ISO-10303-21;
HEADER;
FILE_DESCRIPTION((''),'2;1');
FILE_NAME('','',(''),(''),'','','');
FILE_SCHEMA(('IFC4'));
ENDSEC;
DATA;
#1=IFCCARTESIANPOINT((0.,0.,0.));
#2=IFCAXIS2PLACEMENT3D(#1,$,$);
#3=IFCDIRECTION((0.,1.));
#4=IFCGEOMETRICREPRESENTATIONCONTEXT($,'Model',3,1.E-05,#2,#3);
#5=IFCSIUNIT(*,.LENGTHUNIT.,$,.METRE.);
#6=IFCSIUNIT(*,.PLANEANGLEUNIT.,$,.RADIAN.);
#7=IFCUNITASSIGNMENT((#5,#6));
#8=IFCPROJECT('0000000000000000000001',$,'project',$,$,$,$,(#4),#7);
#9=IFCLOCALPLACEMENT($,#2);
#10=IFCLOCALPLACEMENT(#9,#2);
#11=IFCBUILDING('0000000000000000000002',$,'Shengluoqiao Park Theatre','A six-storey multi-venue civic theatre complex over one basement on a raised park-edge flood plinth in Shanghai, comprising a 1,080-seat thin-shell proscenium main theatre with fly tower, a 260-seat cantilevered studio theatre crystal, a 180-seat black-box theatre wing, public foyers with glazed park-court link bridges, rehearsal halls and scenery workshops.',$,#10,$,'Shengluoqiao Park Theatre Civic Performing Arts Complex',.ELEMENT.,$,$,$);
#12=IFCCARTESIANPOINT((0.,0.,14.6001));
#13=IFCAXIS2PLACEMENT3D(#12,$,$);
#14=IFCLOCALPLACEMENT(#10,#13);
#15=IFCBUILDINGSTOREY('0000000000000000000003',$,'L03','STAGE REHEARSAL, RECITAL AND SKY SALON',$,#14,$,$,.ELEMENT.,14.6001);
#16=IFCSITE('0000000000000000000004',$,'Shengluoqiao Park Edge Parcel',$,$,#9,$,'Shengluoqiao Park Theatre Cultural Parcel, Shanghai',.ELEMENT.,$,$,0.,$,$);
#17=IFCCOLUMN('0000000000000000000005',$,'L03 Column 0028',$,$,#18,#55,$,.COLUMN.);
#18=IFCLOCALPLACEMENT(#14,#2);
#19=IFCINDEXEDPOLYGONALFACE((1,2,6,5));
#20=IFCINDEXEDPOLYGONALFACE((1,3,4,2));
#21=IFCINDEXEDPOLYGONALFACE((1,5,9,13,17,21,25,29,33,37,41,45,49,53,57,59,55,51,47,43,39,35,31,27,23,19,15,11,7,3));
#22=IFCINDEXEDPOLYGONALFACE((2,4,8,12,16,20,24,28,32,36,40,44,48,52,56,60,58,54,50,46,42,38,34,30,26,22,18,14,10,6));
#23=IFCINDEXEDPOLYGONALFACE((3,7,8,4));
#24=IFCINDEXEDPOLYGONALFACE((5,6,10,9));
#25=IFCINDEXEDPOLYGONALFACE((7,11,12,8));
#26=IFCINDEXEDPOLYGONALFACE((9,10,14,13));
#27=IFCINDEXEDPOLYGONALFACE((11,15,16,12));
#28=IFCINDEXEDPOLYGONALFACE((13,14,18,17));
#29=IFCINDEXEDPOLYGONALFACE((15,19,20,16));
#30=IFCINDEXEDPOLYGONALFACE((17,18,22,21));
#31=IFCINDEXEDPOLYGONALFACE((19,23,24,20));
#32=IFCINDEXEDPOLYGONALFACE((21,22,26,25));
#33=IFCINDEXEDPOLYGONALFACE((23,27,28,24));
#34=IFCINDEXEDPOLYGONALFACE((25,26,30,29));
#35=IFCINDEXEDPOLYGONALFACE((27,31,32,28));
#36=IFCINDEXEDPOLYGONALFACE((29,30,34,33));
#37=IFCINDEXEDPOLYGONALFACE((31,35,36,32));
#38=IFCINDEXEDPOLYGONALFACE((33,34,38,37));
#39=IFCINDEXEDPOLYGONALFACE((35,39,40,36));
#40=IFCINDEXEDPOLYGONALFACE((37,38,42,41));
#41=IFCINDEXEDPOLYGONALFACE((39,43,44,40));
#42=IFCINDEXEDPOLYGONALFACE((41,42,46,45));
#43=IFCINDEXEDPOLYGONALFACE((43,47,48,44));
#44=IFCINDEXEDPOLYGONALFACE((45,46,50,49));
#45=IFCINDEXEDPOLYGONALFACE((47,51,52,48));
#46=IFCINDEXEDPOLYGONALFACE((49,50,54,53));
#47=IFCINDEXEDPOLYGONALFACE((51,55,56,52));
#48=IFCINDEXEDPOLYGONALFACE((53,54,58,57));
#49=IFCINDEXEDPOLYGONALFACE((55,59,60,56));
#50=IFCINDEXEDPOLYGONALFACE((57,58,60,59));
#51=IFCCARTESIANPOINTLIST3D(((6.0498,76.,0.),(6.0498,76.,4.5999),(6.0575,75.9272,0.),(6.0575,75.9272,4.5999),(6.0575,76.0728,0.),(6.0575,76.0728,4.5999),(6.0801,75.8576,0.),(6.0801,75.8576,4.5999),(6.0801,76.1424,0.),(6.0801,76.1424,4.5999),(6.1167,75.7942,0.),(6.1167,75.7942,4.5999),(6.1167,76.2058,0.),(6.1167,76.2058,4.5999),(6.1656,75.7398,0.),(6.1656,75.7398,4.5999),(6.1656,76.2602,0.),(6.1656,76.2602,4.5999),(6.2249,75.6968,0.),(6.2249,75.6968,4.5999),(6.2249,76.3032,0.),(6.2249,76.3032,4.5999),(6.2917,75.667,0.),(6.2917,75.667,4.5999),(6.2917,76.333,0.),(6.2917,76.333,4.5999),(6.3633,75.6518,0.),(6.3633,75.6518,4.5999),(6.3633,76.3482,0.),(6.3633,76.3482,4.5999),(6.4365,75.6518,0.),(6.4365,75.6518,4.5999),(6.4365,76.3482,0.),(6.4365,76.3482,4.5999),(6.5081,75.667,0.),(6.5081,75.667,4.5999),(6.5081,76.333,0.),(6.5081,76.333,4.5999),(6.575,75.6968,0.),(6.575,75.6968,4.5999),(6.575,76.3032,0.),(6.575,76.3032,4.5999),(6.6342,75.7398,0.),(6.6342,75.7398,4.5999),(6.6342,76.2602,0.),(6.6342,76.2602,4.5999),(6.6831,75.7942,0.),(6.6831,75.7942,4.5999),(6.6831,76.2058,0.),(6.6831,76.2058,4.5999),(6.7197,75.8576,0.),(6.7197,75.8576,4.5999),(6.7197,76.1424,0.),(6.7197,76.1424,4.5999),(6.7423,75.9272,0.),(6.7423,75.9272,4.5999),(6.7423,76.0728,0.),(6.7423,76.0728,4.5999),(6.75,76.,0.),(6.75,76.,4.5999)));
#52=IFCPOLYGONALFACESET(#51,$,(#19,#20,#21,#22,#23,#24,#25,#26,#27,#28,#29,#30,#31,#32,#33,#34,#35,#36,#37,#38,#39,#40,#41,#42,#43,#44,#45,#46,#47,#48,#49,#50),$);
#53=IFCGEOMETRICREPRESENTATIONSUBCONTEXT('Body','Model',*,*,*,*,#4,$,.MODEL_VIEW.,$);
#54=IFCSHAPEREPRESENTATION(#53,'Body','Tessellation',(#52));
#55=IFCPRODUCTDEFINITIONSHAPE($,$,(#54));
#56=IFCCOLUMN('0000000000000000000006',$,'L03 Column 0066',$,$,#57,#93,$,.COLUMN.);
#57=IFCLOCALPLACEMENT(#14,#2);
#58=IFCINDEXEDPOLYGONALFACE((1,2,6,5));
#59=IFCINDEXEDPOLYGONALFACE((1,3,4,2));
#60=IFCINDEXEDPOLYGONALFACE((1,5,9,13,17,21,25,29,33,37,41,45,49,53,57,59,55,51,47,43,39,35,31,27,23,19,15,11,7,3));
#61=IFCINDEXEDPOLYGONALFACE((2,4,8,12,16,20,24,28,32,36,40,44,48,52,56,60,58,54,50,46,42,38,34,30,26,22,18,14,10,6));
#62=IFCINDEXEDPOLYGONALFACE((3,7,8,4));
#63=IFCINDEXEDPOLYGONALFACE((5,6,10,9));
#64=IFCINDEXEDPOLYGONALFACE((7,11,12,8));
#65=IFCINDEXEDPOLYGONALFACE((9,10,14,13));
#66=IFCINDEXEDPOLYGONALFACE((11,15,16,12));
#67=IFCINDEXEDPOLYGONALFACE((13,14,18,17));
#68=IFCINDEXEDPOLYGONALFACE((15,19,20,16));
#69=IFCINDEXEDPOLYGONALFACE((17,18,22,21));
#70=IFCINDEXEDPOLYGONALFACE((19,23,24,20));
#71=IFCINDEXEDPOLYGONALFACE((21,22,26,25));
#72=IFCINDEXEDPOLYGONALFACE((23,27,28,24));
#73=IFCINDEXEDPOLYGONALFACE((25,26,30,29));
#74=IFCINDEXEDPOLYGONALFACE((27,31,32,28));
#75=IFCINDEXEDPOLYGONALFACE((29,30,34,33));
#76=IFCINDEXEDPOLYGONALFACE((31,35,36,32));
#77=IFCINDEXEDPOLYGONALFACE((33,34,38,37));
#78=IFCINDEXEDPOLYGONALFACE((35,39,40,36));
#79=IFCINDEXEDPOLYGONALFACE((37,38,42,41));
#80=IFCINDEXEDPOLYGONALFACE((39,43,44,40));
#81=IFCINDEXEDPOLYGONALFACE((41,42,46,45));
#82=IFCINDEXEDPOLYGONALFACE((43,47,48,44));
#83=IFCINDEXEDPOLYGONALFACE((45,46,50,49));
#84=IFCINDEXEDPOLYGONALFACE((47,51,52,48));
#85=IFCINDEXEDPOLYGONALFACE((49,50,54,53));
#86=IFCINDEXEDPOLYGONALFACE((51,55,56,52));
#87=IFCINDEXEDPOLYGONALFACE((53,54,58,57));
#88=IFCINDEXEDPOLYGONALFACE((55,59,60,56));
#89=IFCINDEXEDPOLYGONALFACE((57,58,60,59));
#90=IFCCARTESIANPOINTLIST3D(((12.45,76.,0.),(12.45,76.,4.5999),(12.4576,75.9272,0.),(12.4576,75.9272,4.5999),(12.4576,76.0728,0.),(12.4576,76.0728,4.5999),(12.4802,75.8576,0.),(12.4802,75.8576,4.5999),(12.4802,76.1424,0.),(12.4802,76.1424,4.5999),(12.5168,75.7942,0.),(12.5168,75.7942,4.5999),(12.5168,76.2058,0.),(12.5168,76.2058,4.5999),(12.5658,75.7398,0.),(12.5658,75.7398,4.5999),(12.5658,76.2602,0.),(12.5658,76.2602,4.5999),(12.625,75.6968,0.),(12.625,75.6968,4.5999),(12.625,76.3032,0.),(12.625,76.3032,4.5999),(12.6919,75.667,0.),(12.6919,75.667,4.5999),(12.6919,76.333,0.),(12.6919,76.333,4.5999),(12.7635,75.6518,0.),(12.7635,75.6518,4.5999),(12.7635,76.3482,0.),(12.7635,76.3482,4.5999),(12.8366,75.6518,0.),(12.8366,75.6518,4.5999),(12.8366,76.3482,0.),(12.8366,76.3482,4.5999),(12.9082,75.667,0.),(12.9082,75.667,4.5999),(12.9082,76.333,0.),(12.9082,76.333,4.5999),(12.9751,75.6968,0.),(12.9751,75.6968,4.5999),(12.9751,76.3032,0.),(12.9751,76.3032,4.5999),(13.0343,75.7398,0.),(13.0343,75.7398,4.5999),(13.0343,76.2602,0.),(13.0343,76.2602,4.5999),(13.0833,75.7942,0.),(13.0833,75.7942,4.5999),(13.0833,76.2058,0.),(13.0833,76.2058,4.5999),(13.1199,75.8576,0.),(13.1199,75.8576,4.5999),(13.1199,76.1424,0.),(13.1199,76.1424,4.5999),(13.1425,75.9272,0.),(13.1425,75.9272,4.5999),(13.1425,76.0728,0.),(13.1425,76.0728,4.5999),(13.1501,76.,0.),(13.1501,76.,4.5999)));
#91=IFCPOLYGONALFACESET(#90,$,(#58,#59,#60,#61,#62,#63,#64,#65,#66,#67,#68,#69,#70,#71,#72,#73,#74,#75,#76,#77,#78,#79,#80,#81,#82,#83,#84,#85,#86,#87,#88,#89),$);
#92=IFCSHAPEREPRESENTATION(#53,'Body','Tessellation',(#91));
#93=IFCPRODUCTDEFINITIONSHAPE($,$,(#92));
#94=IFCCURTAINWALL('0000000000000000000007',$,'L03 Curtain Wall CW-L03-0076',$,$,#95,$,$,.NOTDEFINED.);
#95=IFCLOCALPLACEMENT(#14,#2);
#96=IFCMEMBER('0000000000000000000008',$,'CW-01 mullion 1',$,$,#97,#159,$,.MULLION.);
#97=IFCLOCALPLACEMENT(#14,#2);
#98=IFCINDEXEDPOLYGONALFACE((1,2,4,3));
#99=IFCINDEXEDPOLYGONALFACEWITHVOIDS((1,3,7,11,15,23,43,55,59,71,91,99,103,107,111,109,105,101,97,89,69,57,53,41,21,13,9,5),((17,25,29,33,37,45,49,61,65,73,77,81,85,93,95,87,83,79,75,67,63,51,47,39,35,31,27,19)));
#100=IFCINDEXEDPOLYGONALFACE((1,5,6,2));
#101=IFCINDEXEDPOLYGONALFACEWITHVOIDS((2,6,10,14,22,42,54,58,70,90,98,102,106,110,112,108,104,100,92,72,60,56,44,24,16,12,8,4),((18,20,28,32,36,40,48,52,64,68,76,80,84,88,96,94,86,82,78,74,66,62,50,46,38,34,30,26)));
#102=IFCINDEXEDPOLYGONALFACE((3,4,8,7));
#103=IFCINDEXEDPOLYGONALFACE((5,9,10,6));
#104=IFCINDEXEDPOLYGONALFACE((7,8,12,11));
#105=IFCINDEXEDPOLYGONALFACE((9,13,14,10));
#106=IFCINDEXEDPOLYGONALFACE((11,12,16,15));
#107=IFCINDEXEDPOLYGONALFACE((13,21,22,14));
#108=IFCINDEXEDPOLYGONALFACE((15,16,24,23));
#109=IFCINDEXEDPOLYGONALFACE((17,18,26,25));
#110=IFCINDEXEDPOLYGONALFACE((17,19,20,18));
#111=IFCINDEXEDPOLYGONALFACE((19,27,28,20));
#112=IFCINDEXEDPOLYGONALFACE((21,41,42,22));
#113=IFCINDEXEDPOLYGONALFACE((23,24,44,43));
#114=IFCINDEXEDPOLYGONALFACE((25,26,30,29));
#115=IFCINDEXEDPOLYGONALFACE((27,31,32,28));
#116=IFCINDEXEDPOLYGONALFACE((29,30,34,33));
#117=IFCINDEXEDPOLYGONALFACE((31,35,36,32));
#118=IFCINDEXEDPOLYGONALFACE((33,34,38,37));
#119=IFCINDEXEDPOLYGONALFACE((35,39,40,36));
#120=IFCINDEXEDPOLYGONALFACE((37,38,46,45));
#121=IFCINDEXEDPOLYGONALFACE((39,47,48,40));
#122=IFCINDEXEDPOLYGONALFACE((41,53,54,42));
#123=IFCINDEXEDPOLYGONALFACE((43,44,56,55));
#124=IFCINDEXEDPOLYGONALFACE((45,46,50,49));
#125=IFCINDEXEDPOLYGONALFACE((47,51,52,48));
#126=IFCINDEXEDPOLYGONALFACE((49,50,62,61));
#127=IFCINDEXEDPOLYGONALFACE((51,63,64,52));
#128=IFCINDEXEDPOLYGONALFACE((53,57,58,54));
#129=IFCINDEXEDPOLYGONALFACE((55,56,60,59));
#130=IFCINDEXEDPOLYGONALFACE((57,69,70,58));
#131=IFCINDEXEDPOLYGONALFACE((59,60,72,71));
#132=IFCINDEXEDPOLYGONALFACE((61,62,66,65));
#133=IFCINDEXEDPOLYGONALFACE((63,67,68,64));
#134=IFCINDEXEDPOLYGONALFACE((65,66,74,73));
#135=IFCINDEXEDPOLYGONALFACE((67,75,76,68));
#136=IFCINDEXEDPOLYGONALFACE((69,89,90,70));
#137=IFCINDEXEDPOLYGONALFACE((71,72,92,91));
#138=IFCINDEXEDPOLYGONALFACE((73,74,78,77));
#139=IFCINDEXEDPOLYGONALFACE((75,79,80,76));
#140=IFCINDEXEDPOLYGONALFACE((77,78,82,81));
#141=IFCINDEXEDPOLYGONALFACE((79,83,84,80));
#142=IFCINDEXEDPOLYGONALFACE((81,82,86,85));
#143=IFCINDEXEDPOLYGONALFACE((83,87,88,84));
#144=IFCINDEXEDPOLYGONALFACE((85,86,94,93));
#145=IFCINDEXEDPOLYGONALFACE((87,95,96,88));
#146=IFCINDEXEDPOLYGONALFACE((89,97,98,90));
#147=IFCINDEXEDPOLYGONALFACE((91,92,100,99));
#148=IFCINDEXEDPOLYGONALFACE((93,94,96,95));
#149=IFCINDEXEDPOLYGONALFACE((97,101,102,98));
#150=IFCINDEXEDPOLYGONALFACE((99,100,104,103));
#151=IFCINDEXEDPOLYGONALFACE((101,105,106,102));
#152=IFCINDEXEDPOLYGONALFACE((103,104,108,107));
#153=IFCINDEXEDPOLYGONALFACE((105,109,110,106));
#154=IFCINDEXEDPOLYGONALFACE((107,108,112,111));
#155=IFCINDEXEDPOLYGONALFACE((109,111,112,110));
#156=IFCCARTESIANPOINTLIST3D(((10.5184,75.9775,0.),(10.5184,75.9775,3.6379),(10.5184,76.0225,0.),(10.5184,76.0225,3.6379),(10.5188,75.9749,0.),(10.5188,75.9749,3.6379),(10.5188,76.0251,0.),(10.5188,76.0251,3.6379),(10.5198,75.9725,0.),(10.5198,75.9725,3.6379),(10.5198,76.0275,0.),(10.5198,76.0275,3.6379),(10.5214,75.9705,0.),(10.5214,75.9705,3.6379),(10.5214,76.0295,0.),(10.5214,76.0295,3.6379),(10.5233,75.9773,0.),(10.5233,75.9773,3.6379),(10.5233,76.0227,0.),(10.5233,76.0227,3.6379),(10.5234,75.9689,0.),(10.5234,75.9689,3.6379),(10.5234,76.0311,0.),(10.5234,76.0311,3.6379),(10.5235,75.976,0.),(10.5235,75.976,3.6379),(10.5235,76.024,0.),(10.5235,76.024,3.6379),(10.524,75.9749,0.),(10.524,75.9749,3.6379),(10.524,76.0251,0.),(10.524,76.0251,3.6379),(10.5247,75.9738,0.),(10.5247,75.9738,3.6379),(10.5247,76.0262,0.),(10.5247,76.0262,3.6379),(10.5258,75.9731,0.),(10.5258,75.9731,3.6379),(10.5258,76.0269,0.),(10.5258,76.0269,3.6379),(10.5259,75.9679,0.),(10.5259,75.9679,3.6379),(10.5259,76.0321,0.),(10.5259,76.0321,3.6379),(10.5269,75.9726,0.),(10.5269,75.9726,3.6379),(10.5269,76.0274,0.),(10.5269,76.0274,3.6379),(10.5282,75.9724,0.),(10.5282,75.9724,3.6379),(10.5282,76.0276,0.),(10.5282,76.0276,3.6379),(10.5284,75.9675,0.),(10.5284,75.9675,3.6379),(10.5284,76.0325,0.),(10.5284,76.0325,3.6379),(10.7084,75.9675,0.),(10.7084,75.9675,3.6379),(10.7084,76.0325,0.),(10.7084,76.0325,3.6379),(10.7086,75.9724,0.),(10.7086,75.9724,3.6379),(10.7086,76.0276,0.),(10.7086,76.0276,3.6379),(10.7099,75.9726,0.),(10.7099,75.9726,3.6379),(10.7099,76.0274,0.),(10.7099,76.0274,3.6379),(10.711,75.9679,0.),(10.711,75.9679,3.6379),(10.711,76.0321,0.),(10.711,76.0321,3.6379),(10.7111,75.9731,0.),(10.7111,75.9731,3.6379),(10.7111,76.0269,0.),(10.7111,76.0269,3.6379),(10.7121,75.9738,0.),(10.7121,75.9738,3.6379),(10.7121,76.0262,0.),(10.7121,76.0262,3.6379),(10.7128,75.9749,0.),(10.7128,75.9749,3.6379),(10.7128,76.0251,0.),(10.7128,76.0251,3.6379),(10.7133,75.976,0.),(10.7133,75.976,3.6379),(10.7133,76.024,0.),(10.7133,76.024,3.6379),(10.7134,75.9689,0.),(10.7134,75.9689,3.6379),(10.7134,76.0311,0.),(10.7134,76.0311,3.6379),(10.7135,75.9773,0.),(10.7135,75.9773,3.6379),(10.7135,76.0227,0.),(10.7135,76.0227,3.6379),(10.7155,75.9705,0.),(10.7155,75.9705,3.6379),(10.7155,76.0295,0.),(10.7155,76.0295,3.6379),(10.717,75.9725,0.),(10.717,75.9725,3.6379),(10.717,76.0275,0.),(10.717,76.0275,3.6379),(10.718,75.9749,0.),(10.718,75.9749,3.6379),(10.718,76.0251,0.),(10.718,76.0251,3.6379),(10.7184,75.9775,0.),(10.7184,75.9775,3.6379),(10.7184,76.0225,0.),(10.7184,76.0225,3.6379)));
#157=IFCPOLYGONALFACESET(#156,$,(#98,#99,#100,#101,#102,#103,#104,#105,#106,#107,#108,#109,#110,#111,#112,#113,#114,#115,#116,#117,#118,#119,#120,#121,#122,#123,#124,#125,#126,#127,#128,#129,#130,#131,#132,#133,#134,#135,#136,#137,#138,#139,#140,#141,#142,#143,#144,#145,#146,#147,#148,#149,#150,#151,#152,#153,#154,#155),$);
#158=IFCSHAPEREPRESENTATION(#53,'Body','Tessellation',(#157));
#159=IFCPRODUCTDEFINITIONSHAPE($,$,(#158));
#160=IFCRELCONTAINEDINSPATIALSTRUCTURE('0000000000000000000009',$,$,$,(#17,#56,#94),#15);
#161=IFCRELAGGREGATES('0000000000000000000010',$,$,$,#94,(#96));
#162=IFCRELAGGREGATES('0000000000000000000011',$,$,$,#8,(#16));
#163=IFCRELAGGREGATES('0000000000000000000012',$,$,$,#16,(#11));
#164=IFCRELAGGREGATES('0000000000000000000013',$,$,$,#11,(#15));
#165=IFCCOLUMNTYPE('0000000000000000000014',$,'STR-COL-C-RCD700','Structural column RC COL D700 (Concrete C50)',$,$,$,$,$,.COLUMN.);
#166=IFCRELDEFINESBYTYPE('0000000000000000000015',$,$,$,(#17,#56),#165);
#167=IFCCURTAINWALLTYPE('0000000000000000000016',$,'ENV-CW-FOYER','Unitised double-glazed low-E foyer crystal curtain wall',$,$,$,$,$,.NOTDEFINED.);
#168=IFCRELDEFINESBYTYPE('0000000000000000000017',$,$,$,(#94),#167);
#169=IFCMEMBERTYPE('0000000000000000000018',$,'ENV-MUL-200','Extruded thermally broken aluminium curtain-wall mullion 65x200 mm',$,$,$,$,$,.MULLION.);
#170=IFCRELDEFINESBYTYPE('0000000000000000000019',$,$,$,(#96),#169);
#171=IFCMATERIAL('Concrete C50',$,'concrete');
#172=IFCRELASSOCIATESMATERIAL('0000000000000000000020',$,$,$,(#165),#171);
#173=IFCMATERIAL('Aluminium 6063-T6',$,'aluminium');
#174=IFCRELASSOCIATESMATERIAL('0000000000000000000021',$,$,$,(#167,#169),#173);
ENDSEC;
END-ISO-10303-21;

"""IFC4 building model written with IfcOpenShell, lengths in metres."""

from ifc_helpers import new_model, si_unit, direction, frame, origin, origin_2d, place, context, subcontext, project, spatial, hollow_rectangle, circle, extrude, material, material_profile, profile_set, type_object, element, aggregate, save


model = new_model("IFC4")

# Units and contexts
model_context = context("Model", 3, precision=1e-05, world=origin(), true_north=direction((0.0, 1.0)))
body_context = subcontext(model_context, "Body", "Model", "MODEL_VIEW")
ifc_project = project(units=[si_unit("LENGTHUNIT", "METRE"), si_unit("PLANEANGLEUNIT", "RADIAN")], contexts=[model_context])

# Site, building, storey
site_placement = place(None, origin())
site = spatial("IfcSite", under=ifc_project, at=site_placement, Name="Shengluoqiao Park Edge Parcel", LongName="Shengluoqiao Park Theatre Cultural Parcel, Shanghai", CompositionType="ELEMENT", RefElevation=0.0)
building_placement = place(site_placement, origin())
building = spatial("IfcBuilding", under=site, at=building_placement, Name="Shengluoqiao Park Theatre", Description="A six-storey multi-venue civic theatre complex over one basement on a raised park-edge flood plinth in Shanghai, comprising a 1,080-seat thin-shell proscenium main theatre with fly tower, a 260-seat cantilevered studio theatre crystal, a 180-seat black-box theatre wing, public foyers with glazed park-court link bridges, rehearsal halls and scenery workshops.", LongName="Shengluoqiao Park Theatre Civic Performing Arts Complex", CompositionType="ELEMENT")
storey_placement = place(building_placement, frame((0.0, 0.0, 14.6001)))
storey = spatial("IfcBuildingStorey", under=building, at=storey_placement, Name="L03", Description="STAGE REHEARSAL, RECITAL AND SKY SALON", CompositionType="ELEMENT", Elevation=14.6001)

# Columns
ifc_material_1 = material(Name="Concrete C50", Category="concrete")
ifc_material_profile_1 = material_profile(ifc_material_1, circle(Radius=0.3501, at=origin_2d()), Name="RC COL D700")
ifc_profile_set_1 = profile_set([ifc_material_profile_1], Name="Concrete C50")
column_type = type_object("IfcColumnType", Name="STR-COL-C-RCD700", Description="Structural column RC COL D700 (Concrete C50)", PredefinedType="COLUMN", material=ifc_profile_set_1)
for number, where, z_axis, x_axis, name in (
    (1, (6.3999, 76.0, 0.0), (0.0, 0.0, 1.0), (1.0, 0.0, 0.0), "L03 Column 0028"),
    (2, (12.8, 76.0, 0.0), (0.0, 0.0, 1.0), (1.0, 0.0, 0.0), "L03 Column 0066"),
):
    element("IfcColumn", number, at=place(storey_placement, frame(where, z_axis=z_axis, x_axis=x_axis)), inside=storey, type_object=column_type, Name=name, PredefinedType="COLUMN", context=body_context, shape_type="SweptSolid", body=[
        extrude(circle(Radius=0.3501, at=origin_2d()), origin(), (0.0, 0.0, 1.0), 4.5999),
    ])

# Curtain wall, member
ifc_material_2 = material(Name="Aluminium 6063-T6", Category="aluminium")
curtain_wall_type = type_object("IfcCurtainWallType", Name="ENV-CW-FOYER", Description="Unitised double-glazed low-E foyer crystal curtain wall", PredefinedType="NOTDEFINED", material=ifc_material_2)
curtain_wall_1_placement = place(storey_placement, origin())
curtain_wall_1 = element("IfcCurtainWall", 3, at=curtain_wall_1_placement, inside=storey, type_object=curtain_wall_type, Name="L03 Curtain Wall CW-L03-0076", PredefinedType="NOTDEFINED")
ifc_material_profile_2 = material_profile(ifc_material_2, hollow_rectangle(XDim=0.0649, YDim=0.2, WallThickness=0.0049, InnerFilletRadius=0.0049, OuterFilletRadius=0.01, at=origin_2d()), Name="ALU MULLION 200x65x5")
ifc_profile_set_2 = profile_set([ifc_material_profile_2], Name="Aluminium 6063-T6")
member_type_1 = type_object("IfcMemberType", Name="ENV-MUL-200", Description="Extruded thermally broken aluminium curtain-wall mullion 65x200 mm", PredefinedType="MULLION", material=ifc_profile_set_2)
member_1_placement = place(storey_placement, frame((10.6184, 76.0, 0.0), z_axis=(0.0, 0.0, 1.0), x_axis=(0.0, 1.0, 0.0)))
member_1 = element("IfcMember", 4, at=member_1_placement, type_object=member_type_1, Name="CW-01 mullion 1", PredefinedType="MULLION", context=body_context, shape_type="SweptSolid", body=[
    extrude(hollow_rectangle(XDim=0.0649, YDim=0.2, WallThickness=0.0049, InnerFilletRadius=0.0049, OuterFilletRadius=0.01, at=origin_2d()), origin(), (0.0, 0.0, 1.0), 3.6379),
])

aggregate(curtain_wall_1, [member_1])

save(model, "model.ifc")
